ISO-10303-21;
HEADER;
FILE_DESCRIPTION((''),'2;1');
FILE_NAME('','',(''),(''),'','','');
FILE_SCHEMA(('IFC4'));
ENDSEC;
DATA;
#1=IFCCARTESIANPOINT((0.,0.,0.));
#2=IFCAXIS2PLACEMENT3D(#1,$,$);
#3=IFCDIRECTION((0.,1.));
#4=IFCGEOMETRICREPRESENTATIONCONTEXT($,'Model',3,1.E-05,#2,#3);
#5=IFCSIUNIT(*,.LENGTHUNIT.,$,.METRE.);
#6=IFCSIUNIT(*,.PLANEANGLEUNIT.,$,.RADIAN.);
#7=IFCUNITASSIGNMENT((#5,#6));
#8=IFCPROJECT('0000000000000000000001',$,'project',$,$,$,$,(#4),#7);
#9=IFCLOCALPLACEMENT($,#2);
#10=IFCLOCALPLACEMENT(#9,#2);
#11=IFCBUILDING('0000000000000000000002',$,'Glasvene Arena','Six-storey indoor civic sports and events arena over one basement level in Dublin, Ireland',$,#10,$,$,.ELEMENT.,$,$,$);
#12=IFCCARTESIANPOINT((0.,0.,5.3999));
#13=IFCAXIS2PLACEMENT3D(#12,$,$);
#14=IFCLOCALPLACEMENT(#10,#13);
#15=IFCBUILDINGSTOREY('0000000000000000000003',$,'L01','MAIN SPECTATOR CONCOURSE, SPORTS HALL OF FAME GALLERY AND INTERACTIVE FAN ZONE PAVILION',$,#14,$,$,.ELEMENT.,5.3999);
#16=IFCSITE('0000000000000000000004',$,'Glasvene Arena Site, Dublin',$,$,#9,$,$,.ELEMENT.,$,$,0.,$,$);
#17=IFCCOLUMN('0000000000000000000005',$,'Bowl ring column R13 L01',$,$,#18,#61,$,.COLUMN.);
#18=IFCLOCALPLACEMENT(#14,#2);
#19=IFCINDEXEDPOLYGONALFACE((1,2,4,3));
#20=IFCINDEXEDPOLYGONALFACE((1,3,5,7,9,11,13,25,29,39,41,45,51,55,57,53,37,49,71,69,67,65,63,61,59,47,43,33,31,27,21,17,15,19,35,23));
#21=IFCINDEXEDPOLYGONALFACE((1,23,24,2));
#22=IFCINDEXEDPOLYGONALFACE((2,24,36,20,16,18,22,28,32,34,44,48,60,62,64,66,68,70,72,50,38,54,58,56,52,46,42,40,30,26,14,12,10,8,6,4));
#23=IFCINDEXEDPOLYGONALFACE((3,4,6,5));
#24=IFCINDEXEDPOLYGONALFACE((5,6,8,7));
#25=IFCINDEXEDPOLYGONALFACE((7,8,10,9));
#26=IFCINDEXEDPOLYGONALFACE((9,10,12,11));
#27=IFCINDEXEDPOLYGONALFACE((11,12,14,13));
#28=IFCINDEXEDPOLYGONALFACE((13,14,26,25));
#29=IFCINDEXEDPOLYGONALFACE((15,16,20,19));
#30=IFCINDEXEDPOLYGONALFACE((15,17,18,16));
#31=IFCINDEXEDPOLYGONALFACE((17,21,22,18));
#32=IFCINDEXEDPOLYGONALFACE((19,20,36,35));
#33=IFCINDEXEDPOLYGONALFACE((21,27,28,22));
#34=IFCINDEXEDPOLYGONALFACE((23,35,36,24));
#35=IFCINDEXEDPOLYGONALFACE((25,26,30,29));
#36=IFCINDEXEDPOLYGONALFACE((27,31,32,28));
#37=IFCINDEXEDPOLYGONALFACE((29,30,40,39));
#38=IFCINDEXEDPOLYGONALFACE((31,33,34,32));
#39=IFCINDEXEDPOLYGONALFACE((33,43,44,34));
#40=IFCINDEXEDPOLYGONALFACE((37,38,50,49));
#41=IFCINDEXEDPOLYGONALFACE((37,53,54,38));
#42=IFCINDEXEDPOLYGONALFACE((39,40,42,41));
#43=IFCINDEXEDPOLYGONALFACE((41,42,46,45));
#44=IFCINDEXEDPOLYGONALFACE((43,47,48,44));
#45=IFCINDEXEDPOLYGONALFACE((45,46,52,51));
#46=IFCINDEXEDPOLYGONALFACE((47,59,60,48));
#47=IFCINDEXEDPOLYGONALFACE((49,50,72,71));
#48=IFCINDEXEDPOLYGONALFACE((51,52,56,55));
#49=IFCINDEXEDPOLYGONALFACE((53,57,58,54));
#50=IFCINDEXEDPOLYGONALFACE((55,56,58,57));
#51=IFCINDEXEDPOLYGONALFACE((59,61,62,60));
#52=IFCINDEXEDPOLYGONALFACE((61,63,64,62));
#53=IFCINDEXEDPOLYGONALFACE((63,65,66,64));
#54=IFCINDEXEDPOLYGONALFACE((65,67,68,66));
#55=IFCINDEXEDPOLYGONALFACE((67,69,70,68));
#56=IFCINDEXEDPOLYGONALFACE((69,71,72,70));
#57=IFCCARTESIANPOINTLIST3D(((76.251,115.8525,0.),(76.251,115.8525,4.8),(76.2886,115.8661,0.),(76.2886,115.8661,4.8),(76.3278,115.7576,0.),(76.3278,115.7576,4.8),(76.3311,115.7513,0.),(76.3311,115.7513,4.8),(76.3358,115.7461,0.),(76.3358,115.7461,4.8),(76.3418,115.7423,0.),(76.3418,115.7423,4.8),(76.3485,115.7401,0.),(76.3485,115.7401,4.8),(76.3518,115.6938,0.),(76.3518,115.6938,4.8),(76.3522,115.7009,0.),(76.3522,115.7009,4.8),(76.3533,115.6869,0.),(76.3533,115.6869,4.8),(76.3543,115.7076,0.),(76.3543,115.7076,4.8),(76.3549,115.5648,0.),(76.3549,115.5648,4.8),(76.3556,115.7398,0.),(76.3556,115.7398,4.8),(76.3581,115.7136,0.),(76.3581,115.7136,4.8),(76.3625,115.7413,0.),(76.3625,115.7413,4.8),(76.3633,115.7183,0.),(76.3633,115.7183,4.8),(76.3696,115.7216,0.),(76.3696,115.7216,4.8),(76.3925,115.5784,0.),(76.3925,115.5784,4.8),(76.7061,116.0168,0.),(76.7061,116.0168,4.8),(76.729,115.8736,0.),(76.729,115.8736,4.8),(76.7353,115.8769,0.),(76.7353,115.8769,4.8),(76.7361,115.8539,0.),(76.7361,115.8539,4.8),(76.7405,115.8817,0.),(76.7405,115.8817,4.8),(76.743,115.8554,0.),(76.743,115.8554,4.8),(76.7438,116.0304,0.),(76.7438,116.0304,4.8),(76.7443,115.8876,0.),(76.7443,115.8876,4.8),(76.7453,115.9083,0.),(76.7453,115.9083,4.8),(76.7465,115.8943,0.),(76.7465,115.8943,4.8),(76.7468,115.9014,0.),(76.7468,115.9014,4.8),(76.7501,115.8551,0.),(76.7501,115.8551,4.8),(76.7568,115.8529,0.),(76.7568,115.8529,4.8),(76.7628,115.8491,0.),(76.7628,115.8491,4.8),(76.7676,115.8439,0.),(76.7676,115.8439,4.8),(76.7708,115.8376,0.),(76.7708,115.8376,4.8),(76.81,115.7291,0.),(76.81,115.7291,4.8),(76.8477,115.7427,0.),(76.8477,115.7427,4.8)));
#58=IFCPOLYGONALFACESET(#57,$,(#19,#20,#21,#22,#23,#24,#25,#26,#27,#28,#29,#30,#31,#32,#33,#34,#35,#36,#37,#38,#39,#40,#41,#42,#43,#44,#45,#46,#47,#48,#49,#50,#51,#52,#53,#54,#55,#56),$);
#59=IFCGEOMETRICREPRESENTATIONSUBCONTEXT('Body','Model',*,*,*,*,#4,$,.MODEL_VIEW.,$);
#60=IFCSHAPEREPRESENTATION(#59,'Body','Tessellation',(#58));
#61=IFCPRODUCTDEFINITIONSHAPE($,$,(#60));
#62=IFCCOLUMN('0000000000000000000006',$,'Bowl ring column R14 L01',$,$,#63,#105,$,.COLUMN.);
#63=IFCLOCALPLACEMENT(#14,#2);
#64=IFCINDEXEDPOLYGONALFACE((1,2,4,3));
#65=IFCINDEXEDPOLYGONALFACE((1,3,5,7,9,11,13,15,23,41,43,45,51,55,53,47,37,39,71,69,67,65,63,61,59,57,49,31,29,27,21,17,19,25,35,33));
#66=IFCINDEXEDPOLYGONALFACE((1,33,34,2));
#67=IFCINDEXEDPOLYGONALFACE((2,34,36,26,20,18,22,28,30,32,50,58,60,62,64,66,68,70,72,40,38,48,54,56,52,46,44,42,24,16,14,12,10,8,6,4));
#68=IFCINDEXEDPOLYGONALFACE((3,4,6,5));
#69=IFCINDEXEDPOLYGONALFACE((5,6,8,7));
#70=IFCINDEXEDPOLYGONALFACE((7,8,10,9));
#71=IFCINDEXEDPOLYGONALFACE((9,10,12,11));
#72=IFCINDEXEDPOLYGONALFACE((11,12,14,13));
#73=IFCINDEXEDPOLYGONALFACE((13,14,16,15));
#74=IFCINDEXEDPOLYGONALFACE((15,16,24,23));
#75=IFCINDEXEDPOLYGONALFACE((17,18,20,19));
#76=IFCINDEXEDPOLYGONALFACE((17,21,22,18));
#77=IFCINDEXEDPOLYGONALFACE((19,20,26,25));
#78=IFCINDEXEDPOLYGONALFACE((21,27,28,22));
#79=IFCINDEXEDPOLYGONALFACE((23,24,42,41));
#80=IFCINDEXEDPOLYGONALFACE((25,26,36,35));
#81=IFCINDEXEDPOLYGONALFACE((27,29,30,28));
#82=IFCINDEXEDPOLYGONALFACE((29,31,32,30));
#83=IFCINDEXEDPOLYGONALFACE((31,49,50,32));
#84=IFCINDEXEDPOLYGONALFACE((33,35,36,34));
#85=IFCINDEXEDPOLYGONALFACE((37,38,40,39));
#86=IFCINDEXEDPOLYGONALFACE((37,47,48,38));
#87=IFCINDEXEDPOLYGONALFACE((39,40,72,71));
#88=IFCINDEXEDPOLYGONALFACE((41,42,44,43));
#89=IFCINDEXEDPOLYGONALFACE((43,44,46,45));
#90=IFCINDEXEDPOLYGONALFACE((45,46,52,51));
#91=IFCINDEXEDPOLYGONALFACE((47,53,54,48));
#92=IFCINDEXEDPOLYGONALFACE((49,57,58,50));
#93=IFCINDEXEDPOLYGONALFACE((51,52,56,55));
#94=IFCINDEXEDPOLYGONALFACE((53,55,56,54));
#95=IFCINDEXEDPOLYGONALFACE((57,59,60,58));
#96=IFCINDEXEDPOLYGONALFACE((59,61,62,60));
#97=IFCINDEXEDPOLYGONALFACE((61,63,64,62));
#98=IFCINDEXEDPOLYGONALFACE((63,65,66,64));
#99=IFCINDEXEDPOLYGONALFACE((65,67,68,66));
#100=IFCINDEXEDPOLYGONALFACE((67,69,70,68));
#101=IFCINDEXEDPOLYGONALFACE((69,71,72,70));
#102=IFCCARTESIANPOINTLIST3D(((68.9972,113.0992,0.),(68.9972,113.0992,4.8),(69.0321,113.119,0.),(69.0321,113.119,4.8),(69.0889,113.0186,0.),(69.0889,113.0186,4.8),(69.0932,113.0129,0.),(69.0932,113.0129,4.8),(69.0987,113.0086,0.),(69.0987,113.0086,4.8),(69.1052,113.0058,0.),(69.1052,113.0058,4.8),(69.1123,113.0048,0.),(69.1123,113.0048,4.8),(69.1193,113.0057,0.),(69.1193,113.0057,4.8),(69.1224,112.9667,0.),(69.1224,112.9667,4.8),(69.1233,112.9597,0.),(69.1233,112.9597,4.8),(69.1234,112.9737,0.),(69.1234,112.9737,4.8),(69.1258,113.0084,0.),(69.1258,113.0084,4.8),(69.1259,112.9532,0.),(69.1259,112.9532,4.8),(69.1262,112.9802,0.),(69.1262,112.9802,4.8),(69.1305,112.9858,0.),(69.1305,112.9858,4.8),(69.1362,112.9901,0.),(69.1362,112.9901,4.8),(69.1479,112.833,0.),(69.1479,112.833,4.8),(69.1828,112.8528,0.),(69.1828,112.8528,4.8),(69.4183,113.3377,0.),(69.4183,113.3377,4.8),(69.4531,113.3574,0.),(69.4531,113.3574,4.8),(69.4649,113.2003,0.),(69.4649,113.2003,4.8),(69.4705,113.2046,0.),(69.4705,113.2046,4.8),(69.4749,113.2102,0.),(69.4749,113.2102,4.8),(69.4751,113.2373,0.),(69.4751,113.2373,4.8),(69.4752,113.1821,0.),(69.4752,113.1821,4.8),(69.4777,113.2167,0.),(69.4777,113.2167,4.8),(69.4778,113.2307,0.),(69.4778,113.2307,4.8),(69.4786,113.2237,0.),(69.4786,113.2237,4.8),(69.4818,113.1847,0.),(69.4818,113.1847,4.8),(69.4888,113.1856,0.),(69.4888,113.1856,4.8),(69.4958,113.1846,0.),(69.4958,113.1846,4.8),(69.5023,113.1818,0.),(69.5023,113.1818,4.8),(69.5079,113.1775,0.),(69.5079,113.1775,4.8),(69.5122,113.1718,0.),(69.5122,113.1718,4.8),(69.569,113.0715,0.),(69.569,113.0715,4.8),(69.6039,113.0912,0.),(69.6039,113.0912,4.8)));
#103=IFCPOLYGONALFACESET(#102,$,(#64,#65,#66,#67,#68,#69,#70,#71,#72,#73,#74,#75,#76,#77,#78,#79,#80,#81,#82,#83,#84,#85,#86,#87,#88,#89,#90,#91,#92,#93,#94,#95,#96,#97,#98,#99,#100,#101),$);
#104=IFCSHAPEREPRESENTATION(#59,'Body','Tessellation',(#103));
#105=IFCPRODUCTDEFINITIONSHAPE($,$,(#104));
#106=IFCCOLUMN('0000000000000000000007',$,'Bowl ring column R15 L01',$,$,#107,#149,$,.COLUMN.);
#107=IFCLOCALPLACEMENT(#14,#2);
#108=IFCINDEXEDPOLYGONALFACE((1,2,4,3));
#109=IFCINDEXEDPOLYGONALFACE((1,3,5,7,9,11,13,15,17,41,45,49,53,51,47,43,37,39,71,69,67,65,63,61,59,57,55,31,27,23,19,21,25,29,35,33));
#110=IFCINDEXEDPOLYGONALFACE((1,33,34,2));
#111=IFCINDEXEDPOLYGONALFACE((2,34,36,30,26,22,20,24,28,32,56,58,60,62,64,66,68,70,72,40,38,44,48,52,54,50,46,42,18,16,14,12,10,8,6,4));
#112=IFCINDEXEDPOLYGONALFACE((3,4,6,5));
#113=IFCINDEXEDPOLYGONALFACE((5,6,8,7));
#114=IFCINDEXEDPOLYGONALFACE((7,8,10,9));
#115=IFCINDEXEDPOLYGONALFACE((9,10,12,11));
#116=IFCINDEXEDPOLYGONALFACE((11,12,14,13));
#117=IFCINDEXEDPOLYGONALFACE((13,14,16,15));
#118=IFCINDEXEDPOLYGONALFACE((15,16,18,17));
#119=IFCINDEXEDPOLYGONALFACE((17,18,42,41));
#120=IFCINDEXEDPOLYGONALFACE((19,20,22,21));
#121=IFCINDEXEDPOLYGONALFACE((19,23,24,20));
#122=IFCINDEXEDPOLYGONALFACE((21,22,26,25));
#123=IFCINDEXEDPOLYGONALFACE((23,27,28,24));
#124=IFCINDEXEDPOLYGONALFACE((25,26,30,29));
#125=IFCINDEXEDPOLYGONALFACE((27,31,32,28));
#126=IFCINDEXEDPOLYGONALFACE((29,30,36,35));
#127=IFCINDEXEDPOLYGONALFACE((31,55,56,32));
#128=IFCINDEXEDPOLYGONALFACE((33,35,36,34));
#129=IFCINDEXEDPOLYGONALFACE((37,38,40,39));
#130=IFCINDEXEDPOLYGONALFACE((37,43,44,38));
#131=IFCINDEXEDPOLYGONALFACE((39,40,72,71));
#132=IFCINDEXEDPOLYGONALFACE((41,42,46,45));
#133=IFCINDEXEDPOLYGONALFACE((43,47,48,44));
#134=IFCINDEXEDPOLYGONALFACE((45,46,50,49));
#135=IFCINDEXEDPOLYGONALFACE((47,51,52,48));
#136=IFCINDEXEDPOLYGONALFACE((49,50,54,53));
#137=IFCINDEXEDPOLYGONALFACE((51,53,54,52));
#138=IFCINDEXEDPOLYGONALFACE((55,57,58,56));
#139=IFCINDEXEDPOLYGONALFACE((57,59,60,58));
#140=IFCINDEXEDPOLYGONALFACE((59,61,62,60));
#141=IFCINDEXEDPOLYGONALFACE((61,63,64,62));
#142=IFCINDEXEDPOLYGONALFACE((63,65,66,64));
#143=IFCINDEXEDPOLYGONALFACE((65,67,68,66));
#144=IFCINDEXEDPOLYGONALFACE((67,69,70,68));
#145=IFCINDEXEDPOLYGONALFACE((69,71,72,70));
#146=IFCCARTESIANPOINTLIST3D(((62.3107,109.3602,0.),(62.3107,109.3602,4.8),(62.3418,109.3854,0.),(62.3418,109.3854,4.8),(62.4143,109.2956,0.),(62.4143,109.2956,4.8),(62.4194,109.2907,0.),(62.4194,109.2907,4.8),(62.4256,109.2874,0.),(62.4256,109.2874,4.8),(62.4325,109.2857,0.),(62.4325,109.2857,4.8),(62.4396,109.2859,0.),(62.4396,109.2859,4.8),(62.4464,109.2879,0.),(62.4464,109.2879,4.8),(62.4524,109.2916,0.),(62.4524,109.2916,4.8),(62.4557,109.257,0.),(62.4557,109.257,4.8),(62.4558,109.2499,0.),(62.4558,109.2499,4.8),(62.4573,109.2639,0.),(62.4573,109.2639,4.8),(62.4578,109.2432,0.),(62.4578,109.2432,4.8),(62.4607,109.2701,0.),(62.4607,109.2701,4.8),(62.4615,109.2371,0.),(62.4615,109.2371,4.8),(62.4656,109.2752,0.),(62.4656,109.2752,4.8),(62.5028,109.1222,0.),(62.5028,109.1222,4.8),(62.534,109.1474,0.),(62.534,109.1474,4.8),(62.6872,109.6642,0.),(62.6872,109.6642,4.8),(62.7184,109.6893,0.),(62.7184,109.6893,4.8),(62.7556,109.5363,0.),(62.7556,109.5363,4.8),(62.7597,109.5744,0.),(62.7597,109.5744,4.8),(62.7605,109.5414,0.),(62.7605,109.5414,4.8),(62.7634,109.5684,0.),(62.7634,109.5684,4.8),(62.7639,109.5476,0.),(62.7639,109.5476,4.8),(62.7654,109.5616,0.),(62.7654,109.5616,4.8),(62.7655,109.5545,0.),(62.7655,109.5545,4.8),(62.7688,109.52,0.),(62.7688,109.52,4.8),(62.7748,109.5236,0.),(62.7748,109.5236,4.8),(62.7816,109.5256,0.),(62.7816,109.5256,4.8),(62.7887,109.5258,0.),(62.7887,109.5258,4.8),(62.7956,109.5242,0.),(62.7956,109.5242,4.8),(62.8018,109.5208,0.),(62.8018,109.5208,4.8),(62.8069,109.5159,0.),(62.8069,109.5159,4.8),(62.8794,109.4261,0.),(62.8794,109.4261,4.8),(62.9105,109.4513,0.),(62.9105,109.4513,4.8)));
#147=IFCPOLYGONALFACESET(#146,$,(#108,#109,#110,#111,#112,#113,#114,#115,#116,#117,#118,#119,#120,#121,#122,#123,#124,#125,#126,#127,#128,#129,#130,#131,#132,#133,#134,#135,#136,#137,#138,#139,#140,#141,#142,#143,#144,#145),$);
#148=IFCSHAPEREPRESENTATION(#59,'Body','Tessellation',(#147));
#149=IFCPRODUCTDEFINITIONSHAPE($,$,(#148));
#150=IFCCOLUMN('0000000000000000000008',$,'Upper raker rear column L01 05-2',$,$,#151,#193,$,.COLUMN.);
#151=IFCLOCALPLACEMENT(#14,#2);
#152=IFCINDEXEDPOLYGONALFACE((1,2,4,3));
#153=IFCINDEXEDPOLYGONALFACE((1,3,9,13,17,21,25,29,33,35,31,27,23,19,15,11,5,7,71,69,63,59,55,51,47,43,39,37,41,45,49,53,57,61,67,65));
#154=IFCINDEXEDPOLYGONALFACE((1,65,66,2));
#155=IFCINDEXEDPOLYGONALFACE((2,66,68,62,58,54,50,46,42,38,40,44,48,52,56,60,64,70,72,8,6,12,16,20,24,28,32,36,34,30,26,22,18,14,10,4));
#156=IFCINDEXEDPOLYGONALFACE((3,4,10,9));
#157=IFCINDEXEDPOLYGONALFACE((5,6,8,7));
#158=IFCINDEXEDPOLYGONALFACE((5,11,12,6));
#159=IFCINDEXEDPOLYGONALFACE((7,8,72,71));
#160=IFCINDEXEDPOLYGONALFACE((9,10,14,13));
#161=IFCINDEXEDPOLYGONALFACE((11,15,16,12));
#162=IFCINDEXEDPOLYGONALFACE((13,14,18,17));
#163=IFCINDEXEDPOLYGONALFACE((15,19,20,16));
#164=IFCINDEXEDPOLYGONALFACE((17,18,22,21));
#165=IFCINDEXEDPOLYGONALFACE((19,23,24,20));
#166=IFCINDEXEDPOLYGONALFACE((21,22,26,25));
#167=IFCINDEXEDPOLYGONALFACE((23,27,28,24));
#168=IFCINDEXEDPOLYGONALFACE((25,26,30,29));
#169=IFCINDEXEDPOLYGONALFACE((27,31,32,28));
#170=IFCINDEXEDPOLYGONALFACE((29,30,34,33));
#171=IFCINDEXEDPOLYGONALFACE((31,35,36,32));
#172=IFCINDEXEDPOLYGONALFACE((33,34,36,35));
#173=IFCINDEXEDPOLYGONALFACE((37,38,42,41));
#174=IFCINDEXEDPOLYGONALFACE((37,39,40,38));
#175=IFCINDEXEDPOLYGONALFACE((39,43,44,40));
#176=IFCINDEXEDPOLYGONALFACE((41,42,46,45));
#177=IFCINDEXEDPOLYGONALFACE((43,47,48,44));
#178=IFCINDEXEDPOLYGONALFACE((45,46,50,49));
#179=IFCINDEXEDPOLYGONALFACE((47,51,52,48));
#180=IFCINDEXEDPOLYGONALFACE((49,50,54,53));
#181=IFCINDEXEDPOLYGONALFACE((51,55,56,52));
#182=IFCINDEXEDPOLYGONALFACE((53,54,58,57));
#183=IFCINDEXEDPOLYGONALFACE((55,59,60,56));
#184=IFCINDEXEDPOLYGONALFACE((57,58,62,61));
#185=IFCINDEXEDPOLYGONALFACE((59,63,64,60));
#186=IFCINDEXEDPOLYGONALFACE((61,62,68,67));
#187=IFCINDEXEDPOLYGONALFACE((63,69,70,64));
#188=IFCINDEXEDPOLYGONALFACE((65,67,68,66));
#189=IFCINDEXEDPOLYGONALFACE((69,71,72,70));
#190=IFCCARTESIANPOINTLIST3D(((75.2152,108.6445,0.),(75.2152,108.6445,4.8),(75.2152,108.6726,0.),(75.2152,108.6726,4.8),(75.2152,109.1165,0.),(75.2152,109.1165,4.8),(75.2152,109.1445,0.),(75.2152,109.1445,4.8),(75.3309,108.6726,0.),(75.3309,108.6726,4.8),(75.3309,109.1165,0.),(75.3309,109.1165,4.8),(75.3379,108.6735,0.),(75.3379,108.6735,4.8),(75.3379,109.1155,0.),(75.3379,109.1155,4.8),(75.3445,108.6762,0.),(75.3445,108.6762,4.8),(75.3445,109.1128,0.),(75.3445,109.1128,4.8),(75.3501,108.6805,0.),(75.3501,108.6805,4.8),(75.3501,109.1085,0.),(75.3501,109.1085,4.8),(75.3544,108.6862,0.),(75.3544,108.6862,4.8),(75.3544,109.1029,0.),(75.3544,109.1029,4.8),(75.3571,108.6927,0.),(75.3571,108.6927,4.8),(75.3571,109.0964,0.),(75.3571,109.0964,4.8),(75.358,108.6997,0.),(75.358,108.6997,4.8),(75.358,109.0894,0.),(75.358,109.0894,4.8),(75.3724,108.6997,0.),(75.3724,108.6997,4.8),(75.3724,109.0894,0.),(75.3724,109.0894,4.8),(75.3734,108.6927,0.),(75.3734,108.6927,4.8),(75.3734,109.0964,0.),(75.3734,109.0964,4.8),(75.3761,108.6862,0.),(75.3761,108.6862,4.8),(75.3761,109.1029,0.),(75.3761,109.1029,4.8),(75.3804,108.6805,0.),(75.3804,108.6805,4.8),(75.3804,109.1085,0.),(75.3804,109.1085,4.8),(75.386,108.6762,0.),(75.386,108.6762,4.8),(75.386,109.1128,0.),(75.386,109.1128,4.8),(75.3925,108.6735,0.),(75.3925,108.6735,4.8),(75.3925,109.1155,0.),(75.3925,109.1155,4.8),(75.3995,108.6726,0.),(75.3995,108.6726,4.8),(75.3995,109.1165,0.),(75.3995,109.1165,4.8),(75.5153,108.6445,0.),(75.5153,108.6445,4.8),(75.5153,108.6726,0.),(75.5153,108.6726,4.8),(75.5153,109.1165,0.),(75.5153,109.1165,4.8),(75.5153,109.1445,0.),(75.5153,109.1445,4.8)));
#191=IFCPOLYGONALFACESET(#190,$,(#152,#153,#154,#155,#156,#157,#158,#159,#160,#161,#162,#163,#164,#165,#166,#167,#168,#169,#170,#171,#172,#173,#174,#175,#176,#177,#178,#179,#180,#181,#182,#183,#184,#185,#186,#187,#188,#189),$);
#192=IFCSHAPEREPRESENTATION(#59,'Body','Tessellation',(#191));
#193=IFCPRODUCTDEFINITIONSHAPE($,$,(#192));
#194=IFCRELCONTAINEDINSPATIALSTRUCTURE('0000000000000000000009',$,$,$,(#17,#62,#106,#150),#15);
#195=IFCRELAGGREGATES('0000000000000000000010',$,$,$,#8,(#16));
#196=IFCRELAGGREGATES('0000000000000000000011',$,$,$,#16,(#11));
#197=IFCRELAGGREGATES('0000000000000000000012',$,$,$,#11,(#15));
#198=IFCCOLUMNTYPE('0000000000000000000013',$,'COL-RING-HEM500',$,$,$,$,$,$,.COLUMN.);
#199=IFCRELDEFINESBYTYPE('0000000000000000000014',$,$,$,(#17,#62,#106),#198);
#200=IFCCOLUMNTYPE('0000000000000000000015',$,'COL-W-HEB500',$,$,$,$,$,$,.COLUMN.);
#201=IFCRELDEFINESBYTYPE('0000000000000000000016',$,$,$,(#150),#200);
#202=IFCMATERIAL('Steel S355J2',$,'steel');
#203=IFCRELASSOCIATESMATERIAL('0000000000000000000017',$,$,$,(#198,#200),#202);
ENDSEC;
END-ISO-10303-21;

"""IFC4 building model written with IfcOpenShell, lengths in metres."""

from ifc_helpers import new_model, si_unit, direction, frame, origin, origin_2d, place, context, subcontext, project, spatial, i_section, extrude, material, material_profile, profile_set, type_object, element, save


model = new_model("IFC4")

# Units and contexts
model_context = context("Model", 3, precision=1e-05, world=origin(), true_north=direction((0.0, 1.0)))
body_context = subcontext(model_context, "Body", "Model", "MODEL_VIEW")
ifc_project = project(units=[si_unit("LENGTHUNIT", "METRE"), si_unit("PLANEANGLEUNIT", "RADIAN")], contexts=[model_context])

# Site, building, storey
site_placement = place(None, origin())
site = spatial("IfcSite", under=ifc_project, at=site_placement, Name="Glasvene Arena Site, Dublin", CompositionType="ELEMENT", RefElevation=0.0)
building_placement = place(site_placement, origin())
building = spatial("IfcBuilding", under=site, at=building_placement, Name="Glasvene Arena", Description="Six-storey indoor civic sports and events arena over one basement level in Dublin, Ireland", CompositionType="ELEMENT")
storey_placement = place(building_placement, frame((0.0, 0.0, 5.3999)))
storey = spatial("IfcBuildingStorey", under=building, at=storey_placement, Name="L01", Description="MAIN SPECTATOR CONCOURSE, SPORTS HALL OF FAME GALLERY AND INTERACTIVE FAN ZONE PAVILION", CompositionType="ELEMENT", Elevation=5.3999)

# Columns
ifc_material_1 = material(Name="Steel S355J2", Category="steel")
ifc_material_profile_1 = material_profile(ifc_material_1, i_section(OverallWidth=0.3059, OverallDepth=0.5239, WebThickness=0.021, FlangeThickness=0.04, FilletRadius=0.0271, at=origin_2d()), Name="HEM 500")
ifc_profile_set_1 = profile_set([ifc_material_profile_1], Name="Steel S355J2")
column_type_1 = type_object("IfcColumnType", Name="COL-RING-HEM500", PredefinedType="COLUMN", material=ifc_profile_set_1)
for number, where, z_axis, x_axis, name in (
    (1, (76.5493, 115.7976, 0.0), (0.0, 0.0, 1.0), (-0.339559, 0.940585, 0.0), "Bowl ring column R13 L01"),
    (2, (69.3005, 113.0952, 0.0), (0.0, 0.0, 1.0), (-0.492727, 0.870184, 0.0), "Bowl ring column R14 L01"),
    (3, (62.6106, 109.4058, 0.0), (0.0, 0.0, 1.0), (-0.628099, 0.778134, 0.0), "Bowl ring column R15 L01"),
):
    element("IfcColumn", number, at=place(storey_placement, frame(where, z_axis=z_axis, x_axis=x_axis)), inside=storey, type_object=column_type_1, Name=name, PredefinedType="COLUMN", context=body_context, shape_type="SweptSolid", body=[
        extrude(i_section(OverallWidth=0.3059, OverallDepth=0.5239, WebThickness=0.021, FlangeThickness=0.04, FilletRadius=0.0271, at=origin_2d()), origin(), (0.0, 0.0, 1.0), 4.8),
    ])
ifc_material_profile_2 = material_profile(ifc_material_1, i_section(OverallWidth=0.3, OverallDepth=0.5, WebThickness=0.0144, FlangeThickness=0.0281, FilletRadius=0.0271, at=origin_2d()), Name="HEB 500")
ifc_profile_set_2 = profile_set([ifc_material_profile_2], Name="Steel S355J2")
column_type_2 = type_object("IfcColumnType", Name="COL-W-HEB500", PredefinedType="COLUMN", material=ifc_profile_set_2)
for number, where, z_axis, x_axis, name in (
    (4, (75.3652, 108.8945, 0.0), (0.0, 0.0, 1.0), (1.0, 0.0, 0.0), "Upper raker rear column L01 05-2"),
):
    element("IfcColumn", number, at=place(storey_placement, frame(where, z_axis=z_axis, x_axis=x_axis)), inside=storey, type_object=column_type_2, Name=name, PredefinedType="COLUMN", context=body_context, shape_type="SweptSolid", body=[
        extrude(i_section(OverallWidth=0.3, OverallDepth=0.5, WebThickness=0.0144, FlangeThickness=0.0281, FilletRadius=0.0271, at=origin_2d()), origin(), (0.0, 0.0, 1.0), 4.8),
    ])

save(model, "model.ifc")
